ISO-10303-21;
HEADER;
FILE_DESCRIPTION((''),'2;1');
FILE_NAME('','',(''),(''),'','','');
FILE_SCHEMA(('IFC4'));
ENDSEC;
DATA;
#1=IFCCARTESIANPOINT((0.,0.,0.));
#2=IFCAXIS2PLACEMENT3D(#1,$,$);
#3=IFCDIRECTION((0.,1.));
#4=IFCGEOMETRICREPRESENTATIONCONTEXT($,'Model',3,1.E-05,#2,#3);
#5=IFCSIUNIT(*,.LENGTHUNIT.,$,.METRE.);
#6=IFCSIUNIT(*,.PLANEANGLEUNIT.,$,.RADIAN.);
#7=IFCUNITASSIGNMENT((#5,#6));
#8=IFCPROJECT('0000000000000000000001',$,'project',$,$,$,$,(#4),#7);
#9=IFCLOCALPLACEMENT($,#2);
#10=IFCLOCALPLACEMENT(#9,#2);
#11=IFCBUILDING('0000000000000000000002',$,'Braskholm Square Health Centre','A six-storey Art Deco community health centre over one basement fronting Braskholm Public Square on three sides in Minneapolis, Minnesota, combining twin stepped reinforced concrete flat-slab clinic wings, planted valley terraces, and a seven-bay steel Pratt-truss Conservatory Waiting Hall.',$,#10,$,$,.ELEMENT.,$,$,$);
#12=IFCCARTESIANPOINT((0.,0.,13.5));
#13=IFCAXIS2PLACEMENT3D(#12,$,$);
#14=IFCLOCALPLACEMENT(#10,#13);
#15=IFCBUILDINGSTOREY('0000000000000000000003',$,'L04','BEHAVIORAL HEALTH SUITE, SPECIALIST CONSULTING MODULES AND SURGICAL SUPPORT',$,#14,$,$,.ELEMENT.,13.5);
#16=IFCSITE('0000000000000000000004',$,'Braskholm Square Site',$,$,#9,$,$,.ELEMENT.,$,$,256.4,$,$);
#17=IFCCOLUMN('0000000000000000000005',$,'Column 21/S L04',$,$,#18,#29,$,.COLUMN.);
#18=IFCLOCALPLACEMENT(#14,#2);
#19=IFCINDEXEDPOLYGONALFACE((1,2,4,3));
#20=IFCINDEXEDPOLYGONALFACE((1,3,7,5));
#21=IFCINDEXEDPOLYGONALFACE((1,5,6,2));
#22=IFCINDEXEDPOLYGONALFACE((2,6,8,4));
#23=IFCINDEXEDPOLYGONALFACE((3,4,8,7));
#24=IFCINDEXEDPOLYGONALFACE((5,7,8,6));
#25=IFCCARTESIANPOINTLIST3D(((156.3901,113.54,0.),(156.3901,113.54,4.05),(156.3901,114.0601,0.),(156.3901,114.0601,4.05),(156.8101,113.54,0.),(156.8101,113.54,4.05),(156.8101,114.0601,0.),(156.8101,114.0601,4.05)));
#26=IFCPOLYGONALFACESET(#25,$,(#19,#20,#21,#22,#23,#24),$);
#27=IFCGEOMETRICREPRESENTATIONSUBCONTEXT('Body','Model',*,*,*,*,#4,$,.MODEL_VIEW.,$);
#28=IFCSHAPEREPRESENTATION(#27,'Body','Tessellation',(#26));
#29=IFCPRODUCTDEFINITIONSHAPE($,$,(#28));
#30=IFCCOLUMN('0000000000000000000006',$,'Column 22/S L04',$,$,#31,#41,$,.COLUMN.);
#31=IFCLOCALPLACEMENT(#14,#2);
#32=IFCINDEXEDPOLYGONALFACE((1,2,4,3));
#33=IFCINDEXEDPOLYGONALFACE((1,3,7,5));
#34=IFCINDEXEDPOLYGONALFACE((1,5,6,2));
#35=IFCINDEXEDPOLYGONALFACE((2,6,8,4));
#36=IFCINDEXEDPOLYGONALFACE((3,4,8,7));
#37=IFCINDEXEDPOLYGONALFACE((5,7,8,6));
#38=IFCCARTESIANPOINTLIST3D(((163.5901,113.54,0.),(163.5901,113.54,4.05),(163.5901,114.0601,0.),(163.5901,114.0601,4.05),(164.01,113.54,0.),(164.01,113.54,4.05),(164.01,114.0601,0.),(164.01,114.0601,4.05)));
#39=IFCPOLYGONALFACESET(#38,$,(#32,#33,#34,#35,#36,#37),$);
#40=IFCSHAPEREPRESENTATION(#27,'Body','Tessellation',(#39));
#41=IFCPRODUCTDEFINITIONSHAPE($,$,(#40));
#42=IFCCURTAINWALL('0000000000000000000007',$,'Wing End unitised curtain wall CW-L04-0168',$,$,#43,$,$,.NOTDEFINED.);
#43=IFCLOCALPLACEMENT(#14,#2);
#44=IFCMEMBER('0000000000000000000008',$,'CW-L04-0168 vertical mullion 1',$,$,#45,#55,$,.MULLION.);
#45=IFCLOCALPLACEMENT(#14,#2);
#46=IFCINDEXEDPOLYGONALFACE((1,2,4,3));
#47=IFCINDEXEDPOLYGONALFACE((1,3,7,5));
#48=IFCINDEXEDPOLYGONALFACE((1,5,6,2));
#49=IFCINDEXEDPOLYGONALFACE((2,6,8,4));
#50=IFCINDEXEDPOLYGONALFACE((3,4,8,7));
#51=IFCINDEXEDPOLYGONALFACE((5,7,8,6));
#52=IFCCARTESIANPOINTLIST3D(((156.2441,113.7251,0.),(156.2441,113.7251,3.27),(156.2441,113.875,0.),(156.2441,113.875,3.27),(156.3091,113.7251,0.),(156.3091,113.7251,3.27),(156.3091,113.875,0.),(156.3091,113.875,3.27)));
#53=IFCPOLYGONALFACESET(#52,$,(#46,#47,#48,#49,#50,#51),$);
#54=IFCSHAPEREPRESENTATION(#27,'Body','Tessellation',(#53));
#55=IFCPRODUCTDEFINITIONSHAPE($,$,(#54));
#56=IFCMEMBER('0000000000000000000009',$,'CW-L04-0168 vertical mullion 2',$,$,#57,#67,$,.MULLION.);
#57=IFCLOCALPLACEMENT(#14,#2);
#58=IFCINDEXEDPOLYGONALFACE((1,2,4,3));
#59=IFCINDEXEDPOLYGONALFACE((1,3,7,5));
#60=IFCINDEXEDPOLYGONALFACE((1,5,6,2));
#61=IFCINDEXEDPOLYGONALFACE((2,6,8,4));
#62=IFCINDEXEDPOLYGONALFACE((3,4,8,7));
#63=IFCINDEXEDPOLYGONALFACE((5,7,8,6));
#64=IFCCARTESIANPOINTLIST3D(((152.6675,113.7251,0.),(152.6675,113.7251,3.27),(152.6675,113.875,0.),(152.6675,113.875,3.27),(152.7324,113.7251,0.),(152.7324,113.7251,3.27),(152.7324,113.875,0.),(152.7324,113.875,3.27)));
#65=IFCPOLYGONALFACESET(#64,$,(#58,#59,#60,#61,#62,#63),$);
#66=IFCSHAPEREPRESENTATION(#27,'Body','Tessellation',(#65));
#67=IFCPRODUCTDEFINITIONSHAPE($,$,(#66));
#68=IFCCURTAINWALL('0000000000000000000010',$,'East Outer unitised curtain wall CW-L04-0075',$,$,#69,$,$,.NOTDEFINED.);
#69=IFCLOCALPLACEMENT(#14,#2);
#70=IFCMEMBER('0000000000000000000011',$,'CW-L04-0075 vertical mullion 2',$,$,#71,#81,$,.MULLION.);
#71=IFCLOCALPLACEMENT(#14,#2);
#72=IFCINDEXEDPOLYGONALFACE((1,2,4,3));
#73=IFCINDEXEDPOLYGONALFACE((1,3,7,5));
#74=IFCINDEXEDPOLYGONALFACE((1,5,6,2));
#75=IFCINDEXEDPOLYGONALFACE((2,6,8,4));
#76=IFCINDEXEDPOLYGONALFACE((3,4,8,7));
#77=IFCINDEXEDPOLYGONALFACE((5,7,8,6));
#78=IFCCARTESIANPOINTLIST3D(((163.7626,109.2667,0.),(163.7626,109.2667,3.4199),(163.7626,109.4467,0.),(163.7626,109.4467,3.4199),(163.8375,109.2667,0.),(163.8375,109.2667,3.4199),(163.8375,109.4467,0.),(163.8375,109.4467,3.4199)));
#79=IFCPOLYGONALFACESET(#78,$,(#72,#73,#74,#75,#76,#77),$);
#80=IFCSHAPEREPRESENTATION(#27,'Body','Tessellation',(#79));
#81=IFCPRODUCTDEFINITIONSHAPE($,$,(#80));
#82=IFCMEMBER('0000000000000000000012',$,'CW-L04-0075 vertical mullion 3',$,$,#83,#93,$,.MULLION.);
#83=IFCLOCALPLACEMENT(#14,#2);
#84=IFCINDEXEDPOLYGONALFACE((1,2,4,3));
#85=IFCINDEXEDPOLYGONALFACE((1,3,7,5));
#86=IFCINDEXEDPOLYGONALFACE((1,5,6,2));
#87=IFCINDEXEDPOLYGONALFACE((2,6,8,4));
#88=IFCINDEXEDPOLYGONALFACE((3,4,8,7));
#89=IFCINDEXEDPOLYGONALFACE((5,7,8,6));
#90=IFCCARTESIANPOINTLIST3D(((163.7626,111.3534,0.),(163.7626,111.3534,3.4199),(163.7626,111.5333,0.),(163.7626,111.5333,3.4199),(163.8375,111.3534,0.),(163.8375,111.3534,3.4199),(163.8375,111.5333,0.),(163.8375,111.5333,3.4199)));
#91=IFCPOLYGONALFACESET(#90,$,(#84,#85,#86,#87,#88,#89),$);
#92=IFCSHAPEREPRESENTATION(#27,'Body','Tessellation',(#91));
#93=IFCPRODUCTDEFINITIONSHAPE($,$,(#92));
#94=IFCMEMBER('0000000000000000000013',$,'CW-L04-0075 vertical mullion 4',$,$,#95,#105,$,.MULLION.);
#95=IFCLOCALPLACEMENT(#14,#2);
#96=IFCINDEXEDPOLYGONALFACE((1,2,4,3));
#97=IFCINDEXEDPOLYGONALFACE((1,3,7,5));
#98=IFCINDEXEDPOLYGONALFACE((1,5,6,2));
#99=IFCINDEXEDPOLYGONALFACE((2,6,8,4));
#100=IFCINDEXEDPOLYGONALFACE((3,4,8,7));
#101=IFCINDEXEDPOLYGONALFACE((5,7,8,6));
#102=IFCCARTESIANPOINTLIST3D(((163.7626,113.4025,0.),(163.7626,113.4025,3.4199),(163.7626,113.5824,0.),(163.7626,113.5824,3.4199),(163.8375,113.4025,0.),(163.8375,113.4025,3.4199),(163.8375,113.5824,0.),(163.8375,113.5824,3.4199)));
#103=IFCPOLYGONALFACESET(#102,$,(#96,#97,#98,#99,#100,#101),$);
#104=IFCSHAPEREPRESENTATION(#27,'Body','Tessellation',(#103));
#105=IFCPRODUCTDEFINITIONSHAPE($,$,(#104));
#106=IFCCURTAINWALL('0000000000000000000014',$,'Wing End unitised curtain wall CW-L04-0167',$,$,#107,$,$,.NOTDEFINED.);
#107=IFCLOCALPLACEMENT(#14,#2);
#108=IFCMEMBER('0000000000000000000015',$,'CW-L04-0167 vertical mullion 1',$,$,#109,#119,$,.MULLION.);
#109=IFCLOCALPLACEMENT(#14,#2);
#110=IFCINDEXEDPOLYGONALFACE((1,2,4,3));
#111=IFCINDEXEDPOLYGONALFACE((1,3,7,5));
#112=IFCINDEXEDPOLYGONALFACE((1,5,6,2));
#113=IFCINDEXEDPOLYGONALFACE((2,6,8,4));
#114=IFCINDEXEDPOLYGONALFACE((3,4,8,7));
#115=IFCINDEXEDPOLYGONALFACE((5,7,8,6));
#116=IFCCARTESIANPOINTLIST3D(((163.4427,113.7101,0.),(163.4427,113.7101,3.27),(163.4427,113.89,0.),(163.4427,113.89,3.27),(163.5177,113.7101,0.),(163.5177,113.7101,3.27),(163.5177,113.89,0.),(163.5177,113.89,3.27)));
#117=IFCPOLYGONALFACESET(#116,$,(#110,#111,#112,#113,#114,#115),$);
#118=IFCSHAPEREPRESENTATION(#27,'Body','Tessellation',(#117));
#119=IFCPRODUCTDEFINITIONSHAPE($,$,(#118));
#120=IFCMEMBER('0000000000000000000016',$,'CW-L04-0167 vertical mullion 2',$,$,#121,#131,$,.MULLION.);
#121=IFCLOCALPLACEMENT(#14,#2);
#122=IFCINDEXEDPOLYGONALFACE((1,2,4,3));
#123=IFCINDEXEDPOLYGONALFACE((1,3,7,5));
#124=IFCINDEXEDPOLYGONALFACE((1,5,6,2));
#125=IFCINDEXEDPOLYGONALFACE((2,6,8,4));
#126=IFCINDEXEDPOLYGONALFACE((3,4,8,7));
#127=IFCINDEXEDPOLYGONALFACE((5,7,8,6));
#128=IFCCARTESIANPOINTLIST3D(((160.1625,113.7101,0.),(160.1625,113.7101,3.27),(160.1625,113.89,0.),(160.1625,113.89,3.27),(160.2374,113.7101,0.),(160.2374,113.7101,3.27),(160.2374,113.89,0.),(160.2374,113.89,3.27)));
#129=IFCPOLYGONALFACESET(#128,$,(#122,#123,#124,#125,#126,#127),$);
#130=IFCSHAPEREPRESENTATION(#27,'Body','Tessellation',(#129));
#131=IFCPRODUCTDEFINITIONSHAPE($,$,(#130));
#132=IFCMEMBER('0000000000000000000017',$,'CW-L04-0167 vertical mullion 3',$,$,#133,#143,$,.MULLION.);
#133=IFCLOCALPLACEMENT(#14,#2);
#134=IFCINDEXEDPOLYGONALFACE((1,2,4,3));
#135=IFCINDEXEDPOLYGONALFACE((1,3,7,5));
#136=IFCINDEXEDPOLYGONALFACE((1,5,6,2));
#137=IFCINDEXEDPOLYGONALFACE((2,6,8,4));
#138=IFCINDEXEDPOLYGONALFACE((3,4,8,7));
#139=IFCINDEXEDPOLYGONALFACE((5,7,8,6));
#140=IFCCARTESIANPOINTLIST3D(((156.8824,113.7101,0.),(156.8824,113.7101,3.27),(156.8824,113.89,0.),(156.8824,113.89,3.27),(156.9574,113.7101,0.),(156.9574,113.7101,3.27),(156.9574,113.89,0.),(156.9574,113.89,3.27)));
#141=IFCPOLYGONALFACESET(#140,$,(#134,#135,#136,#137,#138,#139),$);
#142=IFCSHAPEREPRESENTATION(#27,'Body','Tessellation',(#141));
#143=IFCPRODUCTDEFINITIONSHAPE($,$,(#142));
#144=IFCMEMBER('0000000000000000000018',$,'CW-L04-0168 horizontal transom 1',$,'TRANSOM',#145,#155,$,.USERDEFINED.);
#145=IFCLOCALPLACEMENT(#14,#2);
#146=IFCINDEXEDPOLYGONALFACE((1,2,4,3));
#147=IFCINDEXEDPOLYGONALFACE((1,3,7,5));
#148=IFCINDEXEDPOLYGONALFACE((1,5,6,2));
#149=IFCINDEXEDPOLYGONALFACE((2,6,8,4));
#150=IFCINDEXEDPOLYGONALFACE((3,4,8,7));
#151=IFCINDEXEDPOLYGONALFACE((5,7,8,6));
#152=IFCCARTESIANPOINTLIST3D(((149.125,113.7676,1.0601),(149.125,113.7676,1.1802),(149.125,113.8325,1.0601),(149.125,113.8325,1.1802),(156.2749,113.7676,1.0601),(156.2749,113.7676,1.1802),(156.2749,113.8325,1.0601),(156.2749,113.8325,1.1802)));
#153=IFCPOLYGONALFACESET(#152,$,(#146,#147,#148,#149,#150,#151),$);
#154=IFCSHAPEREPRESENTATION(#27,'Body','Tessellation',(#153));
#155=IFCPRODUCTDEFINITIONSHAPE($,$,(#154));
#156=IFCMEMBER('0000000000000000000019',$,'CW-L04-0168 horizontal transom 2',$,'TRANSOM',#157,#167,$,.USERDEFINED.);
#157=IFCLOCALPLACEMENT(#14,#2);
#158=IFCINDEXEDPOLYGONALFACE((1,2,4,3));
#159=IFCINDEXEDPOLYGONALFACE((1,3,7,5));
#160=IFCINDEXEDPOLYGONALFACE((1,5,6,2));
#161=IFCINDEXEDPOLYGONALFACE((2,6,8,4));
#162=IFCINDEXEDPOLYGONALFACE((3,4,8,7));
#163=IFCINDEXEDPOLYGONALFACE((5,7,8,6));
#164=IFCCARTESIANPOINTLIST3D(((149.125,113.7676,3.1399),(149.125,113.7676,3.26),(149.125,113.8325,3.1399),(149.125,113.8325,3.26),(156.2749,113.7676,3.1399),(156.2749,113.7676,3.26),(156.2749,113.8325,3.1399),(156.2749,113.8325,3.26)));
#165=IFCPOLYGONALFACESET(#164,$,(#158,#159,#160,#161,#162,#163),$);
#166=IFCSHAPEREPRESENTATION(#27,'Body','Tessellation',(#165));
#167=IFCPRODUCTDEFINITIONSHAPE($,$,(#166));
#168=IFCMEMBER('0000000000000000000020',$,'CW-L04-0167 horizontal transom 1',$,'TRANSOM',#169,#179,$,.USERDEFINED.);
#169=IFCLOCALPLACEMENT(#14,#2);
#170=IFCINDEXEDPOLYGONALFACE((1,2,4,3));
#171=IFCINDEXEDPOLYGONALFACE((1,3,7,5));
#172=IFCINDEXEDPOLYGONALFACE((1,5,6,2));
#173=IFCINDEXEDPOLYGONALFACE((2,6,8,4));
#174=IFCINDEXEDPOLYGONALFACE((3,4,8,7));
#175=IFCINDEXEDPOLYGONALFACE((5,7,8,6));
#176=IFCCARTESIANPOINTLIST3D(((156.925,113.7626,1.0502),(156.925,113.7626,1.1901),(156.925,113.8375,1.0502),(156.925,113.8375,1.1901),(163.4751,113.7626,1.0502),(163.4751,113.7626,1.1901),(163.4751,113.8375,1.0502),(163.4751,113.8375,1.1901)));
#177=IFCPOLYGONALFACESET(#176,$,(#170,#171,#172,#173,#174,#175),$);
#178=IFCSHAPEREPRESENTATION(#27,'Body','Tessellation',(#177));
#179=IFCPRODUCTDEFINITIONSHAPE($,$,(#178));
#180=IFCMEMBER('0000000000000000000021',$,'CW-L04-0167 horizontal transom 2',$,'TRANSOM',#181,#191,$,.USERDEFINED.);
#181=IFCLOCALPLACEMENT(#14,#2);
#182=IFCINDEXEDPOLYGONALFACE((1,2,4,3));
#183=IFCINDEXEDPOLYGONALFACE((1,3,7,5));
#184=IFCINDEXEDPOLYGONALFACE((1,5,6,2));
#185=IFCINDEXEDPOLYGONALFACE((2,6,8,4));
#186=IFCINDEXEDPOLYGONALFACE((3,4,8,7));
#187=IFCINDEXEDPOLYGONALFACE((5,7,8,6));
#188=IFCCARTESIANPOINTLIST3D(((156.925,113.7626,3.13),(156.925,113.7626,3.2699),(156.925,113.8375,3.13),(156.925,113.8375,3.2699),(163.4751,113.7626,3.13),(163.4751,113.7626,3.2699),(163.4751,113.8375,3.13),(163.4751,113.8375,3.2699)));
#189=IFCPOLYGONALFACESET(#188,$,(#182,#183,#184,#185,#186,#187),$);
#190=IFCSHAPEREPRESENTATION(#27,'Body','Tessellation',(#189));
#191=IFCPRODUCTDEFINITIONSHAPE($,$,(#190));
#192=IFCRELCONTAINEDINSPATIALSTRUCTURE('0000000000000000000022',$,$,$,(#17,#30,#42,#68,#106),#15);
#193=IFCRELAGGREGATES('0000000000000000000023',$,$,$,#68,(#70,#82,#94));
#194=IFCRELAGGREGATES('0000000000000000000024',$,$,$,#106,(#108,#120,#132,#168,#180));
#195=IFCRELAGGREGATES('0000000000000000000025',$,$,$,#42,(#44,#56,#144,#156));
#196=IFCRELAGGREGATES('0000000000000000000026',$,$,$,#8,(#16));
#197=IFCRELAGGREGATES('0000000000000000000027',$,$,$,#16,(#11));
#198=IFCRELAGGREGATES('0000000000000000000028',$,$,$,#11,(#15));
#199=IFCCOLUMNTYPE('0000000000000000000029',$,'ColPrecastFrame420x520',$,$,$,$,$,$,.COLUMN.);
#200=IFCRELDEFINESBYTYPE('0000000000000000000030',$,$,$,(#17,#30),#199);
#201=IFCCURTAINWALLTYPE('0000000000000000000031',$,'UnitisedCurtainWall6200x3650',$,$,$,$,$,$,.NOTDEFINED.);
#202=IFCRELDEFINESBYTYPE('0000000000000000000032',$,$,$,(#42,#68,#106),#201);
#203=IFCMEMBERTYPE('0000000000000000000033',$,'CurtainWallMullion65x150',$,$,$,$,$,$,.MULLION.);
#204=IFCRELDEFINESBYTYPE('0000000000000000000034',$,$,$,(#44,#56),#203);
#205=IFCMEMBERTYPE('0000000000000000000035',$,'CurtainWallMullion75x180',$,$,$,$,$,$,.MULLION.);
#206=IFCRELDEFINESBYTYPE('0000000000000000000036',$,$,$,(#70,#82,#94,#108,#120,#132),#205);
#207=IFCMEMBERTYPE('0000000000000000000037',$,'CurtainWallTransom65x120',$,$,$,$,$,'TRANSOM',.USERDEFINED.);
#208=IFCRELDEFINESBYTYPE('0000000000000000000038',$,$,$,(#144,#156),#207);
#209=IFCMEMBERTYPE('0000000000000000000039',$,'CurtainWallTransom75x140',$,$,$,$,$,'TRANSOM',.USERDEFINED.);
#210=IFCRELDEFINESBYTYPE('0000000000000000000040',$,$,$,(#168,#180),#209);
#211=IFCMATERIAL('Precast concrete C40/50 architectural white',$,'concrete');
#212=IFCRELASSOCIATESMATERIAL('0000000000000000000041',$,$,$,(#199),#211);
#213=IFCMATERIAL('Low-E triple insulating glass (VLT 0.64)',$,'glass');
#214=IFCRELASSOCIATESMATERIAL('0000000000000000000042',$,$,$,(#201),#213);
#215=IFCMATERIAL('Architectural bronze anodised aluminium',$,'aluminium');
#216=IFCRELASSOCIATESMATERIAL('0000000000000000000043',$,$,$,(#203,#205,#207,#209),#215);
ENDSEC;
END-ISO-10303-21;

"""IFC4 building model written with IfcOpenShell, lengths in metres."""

from ifc_helpers import new_model, si_unit, direction, frame, origin, origin_2d, place, context, subcontext, project, spatial, rectangle, extrude, material, material_profile, profile_set, type_object, element, aggregate, save


model = new_model("IFC4")

# Units and contexts
model_context = context("Model", 3, precision=1e-05, world=origin(), true_north=direction((0.0, 1.0)))
body_context = subcontext(model_context, "Body", "Model", "MODEL_VIEW")
ifc_project = project(units=[si_unit("LENGTHUNIT", "METRE"), si_unit("PLANEANGLEUNIT", "RADIAN")], contexts=[model_context])

# Site, building, storey
site_placement = place(None, origin())
site = spatial("IfcSite", under=ifc_project, at=site_placement, Name="Braskholm Square Site", CompositionType="ELEMENT", RefElevation=256.4)
building_placement = place(site_placement, origin())
building = spatial("IfcBuilding", under=site, at=building_placement, Name="Braskholm Square Health Centre", Description="A six-storey Art Deco community health centre over one basement fronting Braskholm Public Square on three sides in Minneapolis, Minnesota, combining twin stepped reinforced concrete flat-slab clinic wings, planted valley terraces, and a seven-bay steel Pratt-truss Conservatory Waiting Hall.", CompositionType="ELEMENT")
storey_placement = place(building_placement, frame((0.0, 0.0, 13.5)))
storey = spatial("IfcBuildingStorey", under=building, at=storey_placement, Name="L04", Description="BEHAVIORAL HEALTH SUITE, SPECIALIST CONSULTING MODULES AND SURGICAL SUPPORT", CompositionType="ELEMENT", Elevation=13.5)

# Columns
ifc_material_1 = material(Name="Precast concrete C40/50 architectural white", Category="concrete")
ifc_material_profile_1 = material_profile(ifc_material_1, rectangle(XDim=0.4199, YDim=0.52, at=origin_2d()), Name="RC-420X520")
ifc_profile_set_1 = profile_set([ifc_material_profile_1], Name="Precast concrete C40/50 architectural white")
column_type = type_object("IfcColumnType", Name="ColPrecastFrame420x520", PredefinedType="COLUMN", material=ifc_profile_set_1)
for number, where, z_axis, x_axis, name in (
    (1, (156.6001, 113.8, 0.0), (0.0, 0.0, 1.0), (1.0, 0.0, 0.0), "Column 21/S L04"),
    (2, (163.8, 113.8, 0.0), (0.0, 0.0, 1.0), (1.0, 0.0, 0.0), "Column 22/S L04"),
):
    element("IfcColumn", number, at=place(storey_placement, frame(where, z_axis=z_axis, x_axis=x_axis)), inside=storey, type_object=column_type, Name=name, PredefinedType="COLUMN", context=body_context, shape_type="SweptSolid", body=[
        extrude(rectangle(XDim=0.4199, YDim=0.52, at=origin_2d()), origin(), (0.0, 0.0, 1.0), 4.05),
    ])

# Curtain walls, members
ifc_material_2 = material(Name="Low-E triple insulating glass (VLT 0.64)", Category="glass")
curtain_wall_type = type_object("IfcCurtainWallType", Name="UnitisedCurtainWall6200x3650", PredefinedType="NOTDEFINED", material=ifc_material_2)
curtain_wall_1_placement = place(storey_placement, origin())
curtain_wall_1 = element("IfcCurtainWall", 3, at=curtain_wall_1_placement, inside=storey, type_object=curtain_wall_type, Name="Wing End unitised curtain wall CW-L04-0168", PredefinedType="NOTDEFINED")
ifc_material_3 = material(Name="Architectural bronze anodised aluminium", Category="aluminium")
ifc_material_profile_2 = material_profile(ifc_material_3, rectangle(XDim=0.0649, YDim=0.1499, at=origin_2d()), Name="ALU-65X150")
ifc_profile_set_2 = profile_set([ifc_material_profile_2], Name="Architectural bronze anodised aluminium")
member_type_1 = type_object("IfcMemberType", Name="CurtainWallMullion65x150", PredefinedType="MULLION", material=ifc_profile_set_2)
member_1_placement = place(storey_placement, frame((156.2766, 113.8, 0.0), z_axis=(0.0, 0.0, 1.0), x_axis=(1.0, 0.0, 0.0)))
member_1 = element("IfcMember", 4, at=member_1_placement, type_object=member_type_1, Name="CW-L04-0168 vertical mullion 1", PredefinedType="MULLION", context=body_context, shape_type="SweptSolid", body=[
    extrude(rectangle(XDim=0.0649, YDim=0.1499, at=origin_2d()), origin(), (0.0, 0.0, 1.0), 3.27),
])
member_2_placement = place(storey_placement, frame((152.7, 113.8, 0.0), z_axis=(0.0, 0.0, 1.0), x_axis=(1.0, 0.0, 0.0)))
member_2 = element("IfcMember", 5, at=member_2_placement, type_object=member_type_1, Name="CW-L04-0168 vertical mullion 2", PredefinedType="MULLION", context=body_context, shape_type="SweptSolid", body=[
    extrude(rectangle(XDim=0.0649, YDim=0.1499, at=origin_2d()), origin(), (0.0, 0.0, 1.0), 3.27),
])
curtain_wall_2_placement = place(storey_placement, origin())
curtain_wall_2 = element("IfcCurtainWall", 6, at=curtain_wall_2_placement, inside=storey, type_object=curtain_wall_type, Name="East Outer unitised curtain wall CW-L04-0075", PredefinedType="NOTDEFINED")
ifc_material_profile_3 = material_profile(ifc_material_3, rectangle(XDim=0.075, YDim=0.1799, at=origin_2d()), Name="ALU-75X180")
ifc_profile_set_3 = profile_set([ifc_material_profile_3], Name="Architectural bronze anodised aluminium")
member_type_2 = type_object("IfcMemberType", Name="CurtainWallMullion75x180", PredefinedType="MULLION", material=ifc_profile_set_3)
member_3_placement = place(storey_placement, frame((163.8, 109.3567, 0.0), z_axis=(0.0, 0.0, 1.0), x_axis=(1.0, 0.0, 0.0)))
member_3 = element("IfcMember", 7, at=member_3_placement, type_object=member_type_2, Name="CW-L04-0075 vertical mullion 2", PredefinedType="MULLION", context=body_context, shape_type="SweptSolid", body=[
    extrude(rectangle(XDim=0.075, YDim=0.1799, at=origin_2d()), origin(), (0.0, 0.0, 1.0), 3.4199),
])
member_4_placement = place(storey_placement, frame((163.8, 111.4434, 0.0), z_axis=(0.0, 0.0, 1.0), x_axis=(1.0, 0.0, 0.0)))
member_4 = element("IfcMember", 8, at=member_4_placement, type_object=member_type_2, Name="CW-L04-0075 vertical mullion 3", PredefinedType="MULLION", context=body_context, shape_type="SweptSolid", body=[
    extrude(rectangle(XDim=0.075, YDim=0.1799, at=origin_2d()), origin(), (0.0, 0.0, 1.0), 3.4199),
])
member_5_placement = place(storey_placement, frame((163.8, 113.4924, 0.0), z_axis=(0.0, 0.0, 1.0), x_axis=(1.0, 0.0, 0.0)))
member_5 = element("IfcMember", 9, at=member_5_placement, type_object=member_type_2, Name="CW-L04-0075 vertical mullion 4", PredefinedType="MULLION", context=body_context, shape_type="SweptSolid", body=[
    extrude(rectangle(XDim=0.075, YDim=0.1799, at=origin_2d()), origin(), (0.0, 0.0, 1.0), 3.4199),
])
curtain_wall_3_placement = place(storey_placement, origin())
curtain_wall_3 = element("IfcCurtainWall", 10, at=curtain_wall_3_placement, inside=storey, type_object=curtain_wall_type, Name="Wing End unitised curtain wall CW-L04-0167", PredefinedType="NOTDEFINED")
member_6_placement = place(storey_placement, frame((163.4802, 113.8, 0.0), z_axis=(0.0, 0.0, 1.0), x_axis=(1.0, 0.0, 0.0)))
member_6 = element("IfcMember", 11, at=member_6_placement, type_object=member_type_2, Name="CW-L04-0167 vertical mullion 1", PredefinedType="MULLION", context=body_context, shape_type="SweptSolid", body=[
    extrude(rectangle(XDim=0.075, YDim=0.1799, at=origin_2d()), origin(), (0.0, 0.0, 1.0), 3.27),
])
member_7_placement = place(storey_placement, frame((160.2, 113.8, 0.0), z_axis=(0.0, 0.0, 1.0), x_axis=(1.0, 0.0, 0.0)))
member_7 = element("IfcMember", 12, at=member_7_placement, type_object=member_type_2, Name="CW-L04-0167 vertical mullion 2", PredefinedType="MULLION", context=body_context, shape_type="SweptSolid", body=[
    extrude(rectangle(XDim=0.075, YDim=0.1799, at=origin_2d()), origin(), (0.0, 0.0, 1.0), 3.27),
])
member_8_placement = place(storey_placement, frame((156.9199, 113.8, 0.0), z_axis=(0.0, 0.0, 1.0), x_axis=(1.0, 0.0, 0.0)))
member_8 = element("IfcMember", 13, at=member_8_placement, type_object=member_type_2, Name="CW-L04-0167 vertical mullion 3", PredefinedType="MULLION", context=body_context, shape_type="SweptSolid", body=[
    extrude(rectangle(XDim=0.075, YDim=0.1799, at=origin_2d()), origin(), (0.0, 0.0, 1.0), 3.27),
])

# Members
ifc_material_profile_4 = material_profile(ifc_material_3, rectangle(XDim=0.0649, YDim=0.1201, at=origin_2d()), Name="ALU-65X120")
ifc_profile_set_4 = profile_set([ifc_material_profile_4], Name="Architectural bronze anodised aluminium")
member_type_3 = type_object("IfcMemberType", Name="CurtainWallTransom65x120", ElementType="TRANSOM", PredefinedType="USERDEFINED", material=ifc_profile_set_4)
member_9_placement = place(storey_placement, frame((156.2749, 113.8, 1.1201), z_axis=(-1.0, 0.0, 0.0), x_axis=(0.0, -1.0, 0.0)))
member_9 = element("IfcMember", 14, at=member_9_placement, type_object=member_type_3, Name="CW-L04-0168 horizontal transom 1", ObjectType="TRANSOM", PredefinedType="USERDEFINED", context=body_context, shape_type="SweptSolid", body=[
    extrude(rectangle(XDim=0.0649, YDim=0.1201, at=origin_2d()), origin(), (0.0, 0.0, 1.0), 7.1499),
])
member_10_placement = place(storey_placement, frame((156.2749, 113.8, 3.2), z_axis=(-1.0, 0.0, 0.0), x_axis=(0.0, -1.0, 0.0)))
member_10 = element("IfcMember", 15, at=member_10_placement, type_object=member_type_3, Name="CW-L04-0168 horizontal transom 2", ObjectType="TRANSOM", PredefinedType="USERDEFINED", context=body_context, shape_type="SweptSolid", body=[
    extrude(rectangle(XDim=0.0649, YDim=0.1201, at=origin_2d()), origin(), (0.0, 0.0, 1.0), 7.1499),
])
ifc_material_profile_5 = material_profile(ifc_material_3, rectangle(XDim=0.075, YDim=0.1399, at=origin_2d()), Name="ALU-75X140")
ifc_profile_set_5 = profile_set([ifc_material_profile_5], Name="Architectural bronze anodised aluminium")
member_type_4 = type_object("IfcMemberType", Name="CurtainWallTransom75x140", ElementType="TRANSOM", PredefinedType="USERDEFINED", material=ifc_profile_set_5)
member_11_placement = place(storey_placement, frame((163.4751, 113.8, 1.1201), z_axis=(-1.0, 0.0, 0.0), x_axis=(0.0, -1.0, 0.0)))
member_11 = element("IfcMember", 16, at=member_11_placement, type_object=member_type_4, Name="CW-L04-0167 horizontal transom 1", ObjectType="TRANSOM", PredefinedType="USERDEFINED", context=body_context, shape_type="SweptSolid", body=[
    extrude(rectangle(XDim=0.075, YDim=0.1399, at=origin_2d()), origin(), (0.0, 0.0, 1.0), 6.55),
])
member_12_placement = place(storey_placement, frame((163.4751, 113.8, 3.2), z_axis=(-1.0, 0.0, 0.0), x_axis=(0.0, -1.0, 0.0)))
member_12 = element("IfcMember", 17, at=member_12_placement, type_object=member_type_4, Name="CW-L04-0167 horizontal transom 2", ObjectType="TRANSOM", PredefinedType="USERDEFINED", context=body_context, shape_type="SweptSolid", body=[
    extrude(rectangle(XDim=0.075, YDim=0.1399, at=origin_2d()), origin(), (0.0, 0.0, 1.0), 6.55),
])

aggregate(curtain_wall_2, [member_3, member_4, member_5])
aggregate(curtain_wall_3, [member_6, member_7, member_8, member_11, member_12])
aggregate(curtain_wall_1, [member_1, member_2, member_9, member_10])

save(model, "model.ifc")
